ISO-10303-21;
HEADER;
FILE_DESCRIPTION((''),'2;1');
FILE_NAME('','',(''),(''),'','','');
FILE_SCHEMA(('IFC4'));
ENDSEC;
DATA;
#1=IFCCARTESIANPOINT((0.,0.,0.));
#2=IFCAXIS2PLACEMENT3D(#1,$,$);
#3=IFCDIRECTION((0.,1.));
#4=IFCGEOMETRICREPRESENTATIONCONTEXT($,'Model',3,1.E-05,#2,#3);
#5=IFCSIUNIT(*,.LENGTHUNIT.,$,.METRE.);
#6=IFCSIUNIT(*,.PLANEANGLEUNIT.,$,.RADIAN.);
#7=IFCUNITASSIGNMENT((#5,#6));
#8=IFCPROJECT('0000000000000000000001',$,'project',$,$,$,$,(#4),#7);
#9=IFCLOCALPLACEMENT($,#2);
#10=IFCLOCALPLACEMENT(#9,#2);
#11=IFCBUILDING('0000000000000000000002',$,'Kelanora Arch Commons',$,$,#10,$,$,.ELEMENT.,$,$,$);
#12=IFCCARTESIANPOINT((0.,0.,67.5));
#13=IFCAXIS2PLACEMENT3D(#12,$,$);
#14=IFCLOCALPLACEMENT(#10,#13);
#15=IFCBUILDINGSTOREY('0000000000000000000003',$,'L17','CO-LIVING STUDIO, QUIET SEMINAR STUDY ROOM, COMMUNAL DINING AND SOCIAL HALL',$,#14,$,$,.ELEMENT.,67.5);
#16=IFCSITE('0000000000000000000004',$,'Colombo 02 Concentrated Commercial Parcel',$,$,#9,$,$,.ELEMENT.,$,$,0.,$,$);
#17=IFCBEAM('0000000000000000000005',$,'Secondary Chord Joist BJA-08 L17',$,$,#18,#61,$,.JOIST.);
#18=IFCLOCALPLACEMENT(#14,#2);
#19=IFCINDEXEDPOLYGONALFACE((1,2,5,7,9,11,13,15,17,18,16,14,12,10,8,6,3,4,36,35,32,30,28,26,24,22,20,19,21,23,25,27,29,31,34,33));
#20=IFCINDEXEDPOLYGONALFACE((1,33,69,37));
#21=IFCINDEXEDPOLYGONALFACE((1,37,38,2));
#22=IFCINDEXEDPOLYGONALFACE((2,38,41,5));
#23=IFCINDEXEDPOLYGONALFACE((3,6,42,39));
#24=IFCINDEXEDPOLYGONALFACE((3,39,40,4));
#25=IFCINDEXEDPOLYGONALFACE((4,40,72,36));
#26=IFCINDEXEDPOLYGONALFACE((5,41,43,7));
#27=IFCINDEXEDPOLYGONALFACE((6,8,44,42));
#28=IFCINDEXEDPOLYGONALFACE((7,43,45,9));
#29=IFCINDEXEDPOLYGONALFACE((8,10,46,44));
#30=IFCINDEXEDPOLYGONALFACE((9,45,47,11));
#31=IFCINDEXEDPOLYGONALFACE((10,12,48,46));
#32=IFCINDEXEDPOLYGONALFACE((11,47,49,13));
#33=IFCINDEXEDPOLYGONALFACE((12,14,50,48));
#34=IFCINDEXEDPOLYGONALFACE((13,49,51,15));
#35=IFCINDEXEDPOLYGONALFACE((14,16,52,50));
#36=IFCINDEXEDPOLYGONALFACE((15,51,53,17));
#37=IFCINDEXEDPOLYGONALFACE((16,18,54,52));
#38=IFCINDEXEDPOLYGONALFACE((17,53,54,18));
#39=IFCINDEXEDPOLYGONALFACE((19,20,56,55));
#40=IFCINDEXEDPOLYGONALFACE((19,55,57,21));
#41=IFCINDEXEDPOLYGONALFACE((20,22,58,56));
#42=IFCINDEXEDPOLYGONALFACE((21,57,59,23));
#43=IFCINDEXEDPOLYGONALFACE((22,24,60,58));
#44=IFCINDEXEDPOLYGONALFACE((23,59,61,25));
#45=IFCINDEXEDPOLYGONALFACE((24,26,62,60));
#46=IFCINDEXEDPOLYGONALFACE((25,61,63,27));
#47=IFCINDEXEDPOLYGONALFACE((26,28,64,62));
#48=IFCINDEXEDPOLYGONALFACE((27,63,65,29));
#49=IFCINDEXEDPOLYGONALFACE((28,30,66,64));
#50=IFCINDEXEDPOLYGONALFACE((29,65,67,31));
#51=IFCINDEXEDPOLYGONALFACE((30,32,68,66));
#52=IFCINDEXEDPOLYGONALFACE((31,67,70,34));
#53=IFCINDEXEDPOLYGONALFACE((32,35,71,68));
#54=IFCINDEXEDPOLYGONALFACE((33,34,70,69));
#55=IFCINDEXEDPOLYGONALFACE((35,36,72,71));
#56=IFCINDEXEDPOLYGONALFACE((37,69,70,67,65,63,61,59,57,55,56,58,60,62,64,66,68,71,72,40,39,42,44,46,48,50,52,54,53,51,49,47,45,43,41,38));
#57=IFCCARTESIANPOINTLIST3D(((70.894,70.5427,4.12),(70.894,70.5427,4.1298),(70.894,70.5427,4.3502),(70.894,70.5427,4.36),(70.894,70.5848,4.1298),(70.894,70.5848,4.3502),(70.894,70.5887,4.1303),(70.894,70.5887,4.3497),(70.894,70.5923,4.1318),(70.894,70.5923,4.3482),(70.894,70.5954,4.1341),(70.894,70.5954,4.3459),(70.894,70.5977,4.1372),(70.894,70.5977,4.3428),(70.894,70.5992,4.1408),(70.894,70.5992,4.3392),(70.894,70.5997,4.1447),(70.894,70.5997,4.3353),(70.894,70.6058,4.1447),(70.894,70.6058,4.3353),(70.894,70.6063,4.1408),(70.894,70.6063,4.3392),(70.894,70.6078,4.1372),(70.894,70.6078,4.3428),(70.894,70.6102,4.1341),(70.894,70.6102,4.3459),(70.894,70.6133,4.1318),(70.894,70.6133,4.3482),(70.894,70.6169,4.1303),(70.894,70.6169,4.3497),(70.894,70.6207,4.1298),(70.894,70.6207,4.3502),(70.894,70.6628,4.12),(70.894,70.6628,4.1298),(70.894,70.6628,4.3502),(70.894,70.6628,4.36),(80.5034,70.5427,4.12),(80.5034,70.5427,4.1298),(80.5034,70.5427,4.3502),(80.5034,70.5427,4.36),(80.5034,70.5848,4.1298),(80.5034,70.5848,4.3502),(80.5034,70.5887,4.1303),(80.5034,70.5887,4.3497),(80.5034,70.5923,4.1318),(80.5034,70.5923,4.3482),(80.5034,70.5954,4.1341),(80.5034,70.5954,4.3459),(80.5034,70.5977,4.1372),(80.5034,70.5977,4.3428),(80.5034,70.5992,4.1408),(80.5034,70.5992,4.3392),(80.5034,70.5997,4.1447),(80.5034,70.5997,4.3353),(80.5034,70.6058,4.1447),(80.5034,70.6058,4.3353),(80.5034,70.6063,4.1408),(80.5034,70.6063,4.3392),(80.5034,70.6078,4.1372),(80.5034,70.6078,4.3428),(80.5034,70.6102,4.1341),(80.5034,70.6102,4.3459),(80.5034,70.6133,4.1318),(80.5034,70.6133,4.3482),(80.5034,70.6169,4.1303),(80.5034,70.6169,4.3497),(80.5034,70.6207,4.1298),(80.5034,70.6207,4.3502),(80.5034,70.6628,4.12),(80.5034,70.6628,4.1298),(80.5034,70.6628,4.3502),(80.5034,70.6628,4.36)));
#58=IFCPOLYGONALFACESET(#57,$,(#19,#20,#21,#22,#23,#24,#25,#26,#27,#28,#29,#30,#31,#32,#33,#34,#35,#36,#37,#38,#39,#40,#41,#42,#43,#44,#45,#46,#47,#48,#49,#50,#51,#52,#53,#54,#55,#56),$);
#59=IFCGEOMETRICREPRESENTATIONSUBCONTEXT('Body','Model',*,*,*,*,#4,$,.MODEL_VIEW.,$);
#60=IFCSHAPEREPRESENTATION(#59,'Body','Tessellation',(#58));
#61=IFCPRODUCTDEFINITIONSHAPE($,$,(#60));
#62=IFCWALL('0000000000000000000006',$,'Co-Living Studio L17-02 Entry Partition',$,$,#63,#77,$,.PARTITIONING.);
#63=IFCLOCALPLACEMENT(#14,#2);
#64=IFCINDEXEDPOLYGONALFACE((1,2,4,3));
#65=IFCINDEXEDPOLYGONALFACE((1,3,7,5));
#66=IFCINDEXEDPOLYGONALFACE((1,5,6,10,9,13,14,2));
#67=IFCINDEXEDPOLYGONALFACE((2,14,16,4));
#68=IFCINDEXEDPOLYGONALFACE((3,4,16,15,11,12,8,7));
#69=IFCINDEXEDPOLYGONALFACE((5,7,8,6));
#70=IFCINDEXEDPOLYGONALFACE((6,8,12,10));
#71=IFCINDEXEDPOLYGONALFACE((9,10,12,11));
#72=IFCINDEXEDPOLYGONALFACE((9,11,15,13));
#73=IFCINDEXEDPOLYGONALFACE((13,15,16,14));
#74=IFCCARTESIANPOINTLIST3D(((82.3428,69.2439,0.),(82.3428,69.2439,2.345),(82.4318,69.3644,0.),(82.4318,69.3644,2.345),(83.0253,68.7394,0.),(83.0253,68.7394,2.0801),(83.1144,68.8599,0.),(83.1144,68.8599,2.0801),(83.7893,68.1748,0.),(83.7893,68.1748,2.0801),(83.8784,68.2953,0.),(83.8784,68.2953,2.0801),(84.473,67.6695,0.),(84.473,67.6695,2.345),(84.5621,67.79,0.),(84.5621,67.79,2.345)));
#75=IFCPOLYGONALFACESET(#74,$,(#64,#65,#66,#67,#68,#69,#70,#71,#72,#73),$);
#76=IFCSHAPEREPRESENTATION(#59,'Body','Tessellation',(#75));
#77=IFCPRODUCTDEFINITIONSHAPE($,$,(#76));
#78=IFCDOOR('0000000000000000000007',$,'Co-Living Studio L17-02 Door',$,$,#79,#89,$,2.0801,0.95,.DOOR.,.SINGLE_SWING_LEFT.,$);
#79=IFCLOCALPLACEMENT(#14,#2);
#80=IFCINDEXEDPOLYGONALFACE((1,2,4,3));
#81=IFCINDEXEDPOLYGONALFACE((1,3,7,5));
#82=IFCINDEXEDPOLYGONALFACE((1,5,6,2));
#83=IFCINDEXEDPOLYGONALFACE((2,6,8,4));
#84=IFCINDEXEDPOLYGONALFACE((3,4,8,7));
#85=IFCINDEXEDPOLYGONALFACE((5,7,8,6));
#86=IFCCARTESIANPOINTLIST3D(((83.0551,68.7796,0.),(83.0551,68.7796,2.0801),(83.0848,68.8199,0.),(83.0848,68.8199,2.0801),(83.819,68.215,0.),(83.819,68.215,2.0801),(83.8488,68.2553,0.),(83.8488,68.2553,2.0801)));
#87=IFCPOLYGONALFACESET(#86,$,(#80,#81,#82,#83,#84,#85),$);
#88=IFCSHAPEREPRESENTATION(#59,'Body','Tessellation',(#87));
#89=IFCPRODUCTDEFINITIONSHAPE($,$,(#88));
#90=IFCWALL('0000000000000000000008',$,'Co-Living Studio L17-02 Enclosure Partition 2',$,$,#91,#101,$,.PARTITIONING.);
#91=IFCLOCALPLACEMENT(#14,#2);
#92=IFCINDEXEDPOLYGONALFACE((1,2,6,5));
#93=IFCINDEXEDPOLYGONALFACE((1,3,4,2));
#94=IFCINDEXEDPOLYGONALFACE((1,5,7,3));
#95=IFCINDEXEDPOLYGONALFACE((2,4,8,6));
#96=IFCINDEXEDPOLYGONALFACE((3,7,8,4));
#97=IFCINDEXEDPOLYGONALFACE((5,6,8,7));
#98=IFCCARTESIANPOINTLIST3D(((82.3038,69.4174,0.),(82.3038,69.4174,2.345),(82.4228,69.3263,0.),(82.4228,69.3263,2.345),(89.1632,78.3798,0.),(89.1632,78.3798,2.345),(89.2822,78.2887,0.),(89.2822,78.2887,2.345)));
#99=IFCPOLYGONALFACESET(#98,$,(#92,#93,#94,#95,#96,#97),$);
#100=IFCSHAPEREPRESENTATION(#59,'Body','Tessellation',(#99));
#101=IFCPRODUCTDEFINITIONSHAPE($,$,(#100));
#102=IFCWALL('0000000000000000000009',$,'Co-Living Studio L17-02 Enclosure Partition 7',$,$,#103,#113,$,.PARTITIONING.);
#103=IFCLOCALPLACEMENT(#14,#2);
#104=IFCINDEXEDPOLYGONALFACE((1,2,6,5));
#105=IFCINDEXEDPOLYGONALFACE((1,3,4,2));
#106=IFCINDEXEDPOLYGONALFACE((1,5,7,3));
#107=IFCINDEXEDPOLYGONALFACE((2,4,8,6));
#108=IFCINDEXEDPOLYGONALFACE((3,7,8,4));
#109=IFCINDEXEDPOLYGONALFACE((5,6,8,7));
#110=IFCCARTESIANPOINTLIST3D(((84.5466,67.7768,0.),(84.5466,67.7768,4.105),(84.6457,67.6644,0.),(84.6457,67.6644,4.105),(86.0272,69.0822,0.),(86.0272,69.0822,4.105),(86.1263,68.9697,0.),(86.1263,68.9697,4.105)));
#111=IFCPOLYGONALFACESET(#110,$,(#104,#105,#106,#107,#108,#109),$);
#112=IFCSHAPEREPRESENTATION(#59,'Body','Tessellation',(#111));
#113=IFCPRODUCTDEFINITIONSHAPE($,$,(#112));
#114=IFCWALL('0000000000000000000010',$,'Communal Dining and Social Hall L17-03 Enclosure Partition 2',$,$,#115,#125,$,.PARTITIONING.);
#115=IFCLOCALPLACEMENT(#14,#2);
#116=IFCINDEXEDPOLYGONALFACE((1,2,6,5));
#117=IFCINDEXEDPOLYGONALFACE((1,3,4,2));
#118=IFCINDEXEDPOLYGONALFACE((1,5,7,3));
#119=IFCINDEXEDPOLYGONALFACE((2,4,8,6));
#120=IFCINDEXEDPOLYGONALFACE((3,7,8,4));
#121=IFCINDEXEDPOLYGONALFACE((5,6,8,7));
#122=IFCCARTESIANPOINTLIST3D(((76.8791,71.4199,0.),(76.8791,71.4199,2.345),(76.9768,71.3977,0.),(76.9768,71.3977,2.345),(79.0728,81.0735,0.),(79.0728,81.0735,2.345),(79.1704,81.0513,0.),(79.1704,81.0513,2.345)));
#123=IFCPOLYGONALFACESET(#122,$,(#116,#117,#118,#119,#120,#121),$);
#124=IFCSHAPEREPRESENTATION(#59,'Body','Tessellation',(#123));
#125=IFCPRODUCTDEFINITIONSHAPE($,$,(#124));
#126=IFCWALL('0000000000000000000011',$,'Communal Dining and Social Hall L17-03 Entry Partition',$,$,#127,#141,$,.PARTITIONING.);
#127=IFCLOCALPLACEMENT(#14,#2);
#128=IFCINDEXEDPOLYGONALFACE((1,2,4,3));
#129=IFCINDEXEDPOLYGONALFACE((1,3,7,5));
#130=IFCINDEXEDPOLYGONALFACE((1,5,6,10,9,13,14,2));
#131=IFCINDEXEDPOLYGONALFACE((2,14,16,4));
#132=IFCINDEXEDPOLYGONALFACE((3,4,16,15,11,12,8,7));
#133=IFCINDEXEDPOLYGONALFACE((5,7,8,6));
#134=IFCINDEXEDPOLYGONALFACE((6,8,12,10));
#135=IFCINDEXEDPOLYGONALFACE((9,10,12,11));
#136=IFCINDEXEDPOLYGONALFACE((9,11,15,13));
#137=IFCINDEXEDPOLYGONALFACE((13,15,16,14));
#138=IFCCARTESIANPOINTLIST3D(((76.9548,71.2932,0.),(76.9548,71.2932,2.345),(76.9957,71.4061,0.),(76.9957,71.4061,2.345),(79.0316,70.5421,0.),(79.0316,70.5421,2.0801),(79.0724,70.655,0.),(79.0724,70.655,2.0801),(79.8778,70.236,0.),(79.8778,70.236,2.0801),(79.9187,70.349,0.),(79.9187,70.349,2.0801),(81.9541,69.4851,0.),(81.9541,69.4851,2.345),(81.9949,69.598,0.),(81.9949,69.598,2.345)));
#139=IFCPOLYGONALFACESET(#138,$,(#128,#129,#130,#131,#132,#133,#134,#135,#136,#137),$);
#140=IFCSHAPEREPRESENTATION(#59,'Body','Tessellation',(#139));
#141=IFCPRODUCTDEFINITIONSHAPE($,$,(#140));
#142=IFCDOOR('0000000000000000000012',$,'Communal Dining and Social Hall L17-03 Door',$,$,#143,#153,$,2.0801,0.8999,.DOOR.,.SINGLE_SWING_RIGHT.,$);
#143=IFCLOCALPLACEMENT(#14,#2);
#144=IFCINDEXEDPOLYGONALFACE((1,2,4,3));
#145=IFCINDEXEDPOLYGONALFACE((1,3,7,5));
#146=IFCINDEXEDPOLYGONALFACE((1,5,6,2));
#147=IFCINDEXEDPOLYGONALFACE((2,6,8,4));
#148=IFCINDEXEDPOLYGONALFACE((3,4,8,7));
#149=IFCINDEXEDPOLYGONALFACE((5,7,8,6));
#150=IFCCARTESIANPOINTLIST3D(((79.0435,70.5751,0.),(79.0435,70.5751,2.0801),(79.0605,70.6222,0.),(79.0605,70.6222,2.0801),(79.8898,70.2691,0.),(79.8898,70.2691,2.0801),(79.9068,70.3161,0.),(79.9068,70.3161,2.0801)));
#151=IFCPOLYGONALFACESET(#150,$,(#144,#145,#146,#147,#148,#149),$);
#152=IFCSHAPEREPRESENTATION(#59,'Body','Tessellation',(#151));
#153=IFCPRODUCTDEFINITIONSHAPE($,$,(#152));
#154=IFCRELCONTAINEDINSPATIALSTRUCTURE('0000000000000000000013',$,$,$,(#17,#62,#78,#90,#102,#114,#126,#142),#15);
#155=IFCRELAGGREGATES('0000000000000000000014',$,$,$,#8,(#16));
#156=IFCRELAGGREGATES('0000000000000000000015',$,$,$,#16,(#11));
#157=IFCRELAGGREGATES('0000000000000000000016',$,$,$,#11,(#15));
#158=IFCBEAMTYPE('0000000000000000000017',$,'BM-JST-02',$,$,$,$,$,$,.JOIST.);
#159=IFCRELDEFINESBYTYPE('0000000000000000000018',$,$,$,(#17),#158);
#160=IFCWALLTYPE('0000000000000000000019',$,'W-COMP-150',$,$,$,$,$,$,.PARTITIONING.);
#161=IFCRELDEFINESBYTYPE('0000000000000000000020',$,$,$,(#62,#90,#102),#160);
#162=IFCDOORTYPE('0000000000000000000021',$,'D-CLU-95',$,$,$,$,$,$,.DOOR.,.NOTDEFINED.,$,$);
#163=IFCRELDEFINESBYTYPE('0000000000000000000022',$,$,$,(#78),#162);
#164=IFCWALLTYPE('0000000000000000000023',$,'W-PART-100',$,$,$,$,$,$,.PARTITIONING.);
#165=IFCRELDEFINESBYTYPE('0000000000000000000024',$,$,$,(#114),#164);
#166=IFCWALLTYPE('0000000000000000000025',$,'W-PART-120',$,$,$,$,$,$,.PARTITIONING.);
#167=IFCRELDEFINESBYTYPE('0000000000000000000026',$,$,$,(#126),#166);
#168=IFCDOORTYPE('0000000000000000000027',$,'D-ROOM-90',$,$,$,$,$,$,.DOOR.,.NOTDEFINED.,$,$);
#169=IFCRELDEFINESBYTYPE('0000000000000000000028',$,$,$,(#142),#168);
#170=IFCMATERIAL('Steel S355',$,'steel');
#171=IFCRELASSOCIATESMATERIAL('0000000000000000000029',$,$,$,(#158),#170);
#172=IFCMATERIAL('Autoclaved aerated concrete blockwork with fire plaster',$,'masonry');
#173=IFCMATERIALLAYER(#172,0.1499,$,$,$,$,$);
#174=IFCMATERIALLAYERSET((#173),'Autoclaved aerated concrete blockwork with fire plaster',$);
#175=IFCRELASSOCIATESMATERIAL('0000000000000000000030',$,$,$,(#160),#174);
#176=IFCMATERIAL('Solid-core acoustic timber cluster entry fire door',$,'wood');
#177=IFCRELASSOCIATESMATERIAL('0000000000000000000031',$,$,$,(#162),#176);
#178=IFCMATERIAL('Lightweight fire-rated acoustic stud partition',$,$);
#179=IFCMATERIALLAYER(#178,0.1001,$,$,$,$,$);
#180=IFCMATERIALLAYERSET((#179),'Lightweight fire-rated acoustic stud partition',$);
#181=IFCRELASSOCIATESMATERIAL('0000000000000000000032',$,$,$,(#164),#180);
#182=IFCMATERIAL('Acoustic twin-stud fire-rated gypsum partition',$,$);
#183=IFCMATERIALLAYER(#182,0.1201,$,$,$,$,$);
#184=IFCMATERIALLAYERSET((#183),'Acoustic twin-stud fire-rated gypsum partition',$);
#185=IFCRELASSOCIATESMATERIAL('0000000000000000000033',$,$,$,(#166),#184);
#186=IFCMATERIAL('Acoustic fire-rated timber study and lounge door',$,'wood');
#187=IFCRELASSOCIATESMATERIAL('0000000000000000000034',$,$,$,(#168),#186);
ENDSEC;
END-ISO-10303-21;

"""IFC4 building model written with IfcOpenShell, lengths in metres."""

from ifc_helpers import new_model, si_unit, direction, frame, frame_2d, origin, origin_2d, place, context, subcontext, project, spatial, rectangle, i_section, extrude, material, layer, layer_set, material_profile, profile_set, type_object, element, fill, save


model = new_model("IFC4")

# Units and contexts
model_context = context("Model", 3, precision=1e-05, world=origin(), true_north=direction((0.0, 1.0)))
body_context = subcontext(model_context, "Body", "Model", "MODEL_VIEW")
ifc_project = project(units=[si_unit("LENGTHUNIT", "METRE"), si_unit("PLANEANGLEUNIT", "RADIAN")], contexts=[model_context])

# Site, building, storey
site_placement = place(None, origin())
site = spatial("IfcSite", under=ifc_project, at=site_placement, Name="Colombo 02 Concentrated Commercial Parcel", CompositionType="ELEMENT", RefElevation=0.0)
building_placement = place(site_placement, origin())
building = spatial("IfcBuilding", under=site, at=building_placement, Name="Kelanora Arch Commons", CompositionType="ELEMENT")
storey_placement = place(building_placement, frame((0.0, 0.0, 67.5)))
storey = spatial("IfcBuildingStorey", under=building, at=storey_placement, Name="L17", Description="CO-LIVING STUDIO, QUIET SEMINAR STUDY ROOM, COMMUNAL DINING AND SOCIAL HALL", CompositionType="ELEMENT", Elevation=67.5)

# Beam
ifc_material_1 = material(Name="Steel S355", Category="steel")
ifc_material_profile_1 = material_profile(ifc_material_1, i_section(OverallWidth=0.1201, OverallDepth=0.24, WebThickness=0.0061, FlangeThickness=0.0098, FilletRadius=0.0149, at=origin_2d()), Name="IPE240")
ifc_profile_set_1 = profile_set([ifc_material_profile_1], Name="Steel S355")
beam_type_1 = type_object("IfcBeamType", Name="BM-JST-02", PredefinedType="JOIST", material=ifc_profile_set_1)
beam_1_placement = place(storey_placement, frame((80.5034, 70.6028, 4.24), z_axis=(-1.0, 0.0, 0.0), x_axis=(0.0, -1.0, 0.0)))
element("IfcBeam", 1, at=beam_1_placement, inside=storey, type_object=beam_type_1, Name="Secondary Chord Joist BJA-08 L17", PredefinedType="JOIST", context=body_context, shape_type="SweptSolid", body=[
    extrude(i_section(OverallWidth=0.1201, OverallDepth=0.24, WebThickness=0.0061, FlangeThickness=0.0098, FilletRadius=0.0149, at=origin_2d()), origin(), (0.0, 0.0, 1.0), 9.6094),
])

# Wall, opening, door
ifc_material_2 = material(Name="Autoclaved aerated concrete blockwork with fire plaster", Category="masonry")
ifc_layer_1 = layer(ifc_material_2, 0.1499)
ifc_layer_set_1 = layer_set([ifc_layer_1], Name="Autoclaved aerated concrete blockwork with fire plaster")
wall_type_1 = type_object("IfcWallType", Name="W-COMP-150", PredefinedType="PARTITIONING", material=ifc_layer_set_1)
wall_1_placement = place(storey_placement, frame((84.5176, 67.7297, 0.0), z_axis=(0.0, 0.0, 1.0), x_axis=(-0.804205, 0.594352, 0.0)))
wall_1 = element("IfcWall", 2, at=wall_1_placement, inside=storey, type_object=wall_type_1, Name="Co-Living Studio L17-02 Entry Partition", PredefinedType="PARTITIONING", context=body_context, shape_type="SweptSolid", body=[
    extrude(rectangle(XDim=2.6489, YDim=0.1499, at=frame_2d((1.3245, 0.0))), origin(), (0.0, 0.0, 1.0), 2.345),
])
opening_1_placement = place(wall_1_placement, frame((0.8501, 0.0, 0.0)))
opening_1 = element("IfcOpeningElement", 3, at=opening_1_placement, cuts=wall_1, PredefinedType="OPENING", context=body_context, shape_type="SweptSolid", body=[
    extrude(rectangle(XDim=0.95, YDim=2.0801, at=frame_2d((0.4751, 1.04))), frame((0.0, 0.085, 0.0), z_axis=(0.0, -1.0, 0.0), x_axis=(1.0, 0.0, 0.0)), (0.0, 0.0, 1.0), 0.1699),
])
ifc_material_3 = material(Name="Solid-core acoustic timber cluster entry fire door", Category="wood")
door_type_1 = type_object("IfcDoorType", Name="D-CLU-95", OperationType="NOTDEFINED", PredefinedType="DOOR", material=ifc_material_3)
door_1_placement = place(opening_1_placement, origin())
door_1 = element("IfcDoor", 4, at=door_1_placement, inside=storey, type_object=door_type_1, Name="Co-Living Studio L17-02 Door", OperationType="SINGLE_SWING_LEFT", OverallHeight=2.0801, OverallWidth=0.95, PredefinedType="DOOR", context=body_context, shape_type="SweptSolid", body=[
    extrude(rectangle(XDim=0.95, YDim=2.0801, at=frame_2d((0.4751, 1.04))), frame((0.0, 0.0249, 0.0), z_axis=(0.0, -1.0, 0.0), x_axis=(1.0, 0.0, 0.0)), (0.0, 0.0, 1.0), 0.05),
])
fill(opening_1, door_1)

# Walls
wall_2_placement = place(storey_placement, frame((82.3633, 69.3718, 0.0), z_axis=(0.0, 0.0, 1.0), x_axis=(0.607773, 0.794111, 0.0)))
element("IfcWall", 5, at=wall_2_placement, inside=storey, type_object=wall_type_1, Name="Co-Living Studio L17-02 Enclosure Partition 2", PredefinedType="PARTITIONING", context=body_context, shape_type="SweptSolid", body=[
    extrude(rectangle(XDim=11.2861, YDim=0.1499, at=frame_2d((5.6431, 0.0))), origin(), (0.0, 0.0, 1.0), 2.345),
])
wall_3_placement = place(storey_placement, frame((86.0767, 69.0259, 0.0), z_axis=(0.0, 0.0, 1.0), x_axis=(-0.750112, -0.661311, 0.0)))
element("IfcWall", 6, at=wall_3_placement, inside=storey, type_object=wall_type_1, Name="Co-Living Studio L17-02 Enclosure Partition 7", PredefinedType="PARTITIONING", context=body_context, shape_type="SweptSolid", body=[
    extrude(rectangle(XDim=1.9739, YDim=0.1499, at=frame_2d((0.9868, 0.0))), origin(), (0.0, 0.0, 1.0), 4.105),
])
ifc_material_4 = material(Name="Lightweight fire-rated acoustic stud partition")
ifc_layer_2 = layer(ifc_material_4, 0.1001)
ifc_layer_set_2 = layer_set([ifc_layer_2], Name="Lightweight fire-rated acoustic stud partition")
wall_type_2 = type_object("IfcWallType", Name="W-PART-100", PredefinedType="PARTITIONING", material=ifc_layer_set_2)
wall_4_placement = place(storey_placement, frame((76.928, 71.4089, 0.0), z_axis=(0.0, 0.0, 1.0), x_axis=(0.221584, 0.975141, 0.0)))
element("IfcWall", 7, at=wall_4_placement, inside=storey, type_object=wall_type_2, Name="Communal Dining and Social Hall L17-03 Enclosure Partition 2", PredefinedType="PARTITIONING", context=body_context, shape_type="SweptSolid", body=[
    extrude(rectangle(XDim=9.8997, YDim=0.1001, at=frame_2d((4.9497, 0.0))), origin(), (0.0, 0.0, 1.0), 2.345),
])

# Wall, opening, door
ifc_material_5 = material(Name="Acoustic twin-stud fire-rated gypsum partition")
ifc_layer_3 = layer(ifc_material_5, 0.1201)
ifc_layer_set_3 = layer_set([ifc_layer_3], Name="Acoustic twin-stud fire-rated gypsum partition")
wall_type_3 = type_object("IfcWallType", Name="W-PART-120", PredefinedType="PARTITIONING", material=ifc_layer_set_3)
wall_5_placement = place(storey_placement, frame((81.9746, 69.5415, 0.0), z_axis=(0.0, 0.0, 1.0), x_axis=(-0.940385, 0.340113, 0.0)))
wall_5 = element("IfcWall", 8, at=wall_5_placement, inside=storey, type_object=wall_type_3, Name="Communal Dining and Social Hall L17-03 Entry Partition", PredefinedType="PARTITIONING", context=body_context, shape_type="SweptSolid", body=[
    extrude(rectangle(XDim=5.3162, YDim=0.1201, at=frame_2d((2.6582, 0.0))), origin(), (0.0, 0.0, 1.0), 2.345),
])
opening_2_placement = place(wall_5_placement, frame((2.208, 0.0, 0.0)))
opening_2 = element("IfcOpeningElement", 9, at=opening_2_placement, cuts=wall_5, PredefinedType="OPENING", context=body_context, shape_type="SweptSolid", body=[
    extrude(rectangle(XDim=0.8999, YDim=2.0801, at=frame_2d((0.45, 1.04))), frame((0.0, 0.0701, 0.0), z_axis=(0.0, -1.0, 0.0), x_axis=(1.0, 0.0, 0.0)), (0.0, 0.0, 1.0), 0.1401),
])
ifc_material_6 = material(Name="Acoustic fire-rated timber study and lounge door", Category="wood")
door_type_2 = type_object("IfcDoorType", Name="D-ROOM-90", OperationType="NOTDEFINED", PredefinedType="DOOR", material=ifc_material_6)
door_2_placement = place(opening_2_placement, origin())
door_2 = element("IfcDoor", 10, at=door_2_placement, inside=storey, type_object=door_type_2, Name="Communal Dining and Social Hall L17-03 Door", OperationType="SINGLE_SWING_RIGHT", OverallHeight=2.0801, OverallWidth=0.8999, PredefinedType="DOOR", context=body_context, shape_type="SweptSolid", body=[
    extrude(rectangle(XDim=0.8999, YDim=2.0801, at=frame_2d((0.45, 1.04))), frame((0.0, 0.0249, 0.0), z_axis=(0.0, -1.0, 0.0), x_axis=(1.0, 0.0, 0.0)), (0.0, 0.0, 1.0), 0.05),
])
fill(opening_2, door_2)

save(model, "model.ifc")
